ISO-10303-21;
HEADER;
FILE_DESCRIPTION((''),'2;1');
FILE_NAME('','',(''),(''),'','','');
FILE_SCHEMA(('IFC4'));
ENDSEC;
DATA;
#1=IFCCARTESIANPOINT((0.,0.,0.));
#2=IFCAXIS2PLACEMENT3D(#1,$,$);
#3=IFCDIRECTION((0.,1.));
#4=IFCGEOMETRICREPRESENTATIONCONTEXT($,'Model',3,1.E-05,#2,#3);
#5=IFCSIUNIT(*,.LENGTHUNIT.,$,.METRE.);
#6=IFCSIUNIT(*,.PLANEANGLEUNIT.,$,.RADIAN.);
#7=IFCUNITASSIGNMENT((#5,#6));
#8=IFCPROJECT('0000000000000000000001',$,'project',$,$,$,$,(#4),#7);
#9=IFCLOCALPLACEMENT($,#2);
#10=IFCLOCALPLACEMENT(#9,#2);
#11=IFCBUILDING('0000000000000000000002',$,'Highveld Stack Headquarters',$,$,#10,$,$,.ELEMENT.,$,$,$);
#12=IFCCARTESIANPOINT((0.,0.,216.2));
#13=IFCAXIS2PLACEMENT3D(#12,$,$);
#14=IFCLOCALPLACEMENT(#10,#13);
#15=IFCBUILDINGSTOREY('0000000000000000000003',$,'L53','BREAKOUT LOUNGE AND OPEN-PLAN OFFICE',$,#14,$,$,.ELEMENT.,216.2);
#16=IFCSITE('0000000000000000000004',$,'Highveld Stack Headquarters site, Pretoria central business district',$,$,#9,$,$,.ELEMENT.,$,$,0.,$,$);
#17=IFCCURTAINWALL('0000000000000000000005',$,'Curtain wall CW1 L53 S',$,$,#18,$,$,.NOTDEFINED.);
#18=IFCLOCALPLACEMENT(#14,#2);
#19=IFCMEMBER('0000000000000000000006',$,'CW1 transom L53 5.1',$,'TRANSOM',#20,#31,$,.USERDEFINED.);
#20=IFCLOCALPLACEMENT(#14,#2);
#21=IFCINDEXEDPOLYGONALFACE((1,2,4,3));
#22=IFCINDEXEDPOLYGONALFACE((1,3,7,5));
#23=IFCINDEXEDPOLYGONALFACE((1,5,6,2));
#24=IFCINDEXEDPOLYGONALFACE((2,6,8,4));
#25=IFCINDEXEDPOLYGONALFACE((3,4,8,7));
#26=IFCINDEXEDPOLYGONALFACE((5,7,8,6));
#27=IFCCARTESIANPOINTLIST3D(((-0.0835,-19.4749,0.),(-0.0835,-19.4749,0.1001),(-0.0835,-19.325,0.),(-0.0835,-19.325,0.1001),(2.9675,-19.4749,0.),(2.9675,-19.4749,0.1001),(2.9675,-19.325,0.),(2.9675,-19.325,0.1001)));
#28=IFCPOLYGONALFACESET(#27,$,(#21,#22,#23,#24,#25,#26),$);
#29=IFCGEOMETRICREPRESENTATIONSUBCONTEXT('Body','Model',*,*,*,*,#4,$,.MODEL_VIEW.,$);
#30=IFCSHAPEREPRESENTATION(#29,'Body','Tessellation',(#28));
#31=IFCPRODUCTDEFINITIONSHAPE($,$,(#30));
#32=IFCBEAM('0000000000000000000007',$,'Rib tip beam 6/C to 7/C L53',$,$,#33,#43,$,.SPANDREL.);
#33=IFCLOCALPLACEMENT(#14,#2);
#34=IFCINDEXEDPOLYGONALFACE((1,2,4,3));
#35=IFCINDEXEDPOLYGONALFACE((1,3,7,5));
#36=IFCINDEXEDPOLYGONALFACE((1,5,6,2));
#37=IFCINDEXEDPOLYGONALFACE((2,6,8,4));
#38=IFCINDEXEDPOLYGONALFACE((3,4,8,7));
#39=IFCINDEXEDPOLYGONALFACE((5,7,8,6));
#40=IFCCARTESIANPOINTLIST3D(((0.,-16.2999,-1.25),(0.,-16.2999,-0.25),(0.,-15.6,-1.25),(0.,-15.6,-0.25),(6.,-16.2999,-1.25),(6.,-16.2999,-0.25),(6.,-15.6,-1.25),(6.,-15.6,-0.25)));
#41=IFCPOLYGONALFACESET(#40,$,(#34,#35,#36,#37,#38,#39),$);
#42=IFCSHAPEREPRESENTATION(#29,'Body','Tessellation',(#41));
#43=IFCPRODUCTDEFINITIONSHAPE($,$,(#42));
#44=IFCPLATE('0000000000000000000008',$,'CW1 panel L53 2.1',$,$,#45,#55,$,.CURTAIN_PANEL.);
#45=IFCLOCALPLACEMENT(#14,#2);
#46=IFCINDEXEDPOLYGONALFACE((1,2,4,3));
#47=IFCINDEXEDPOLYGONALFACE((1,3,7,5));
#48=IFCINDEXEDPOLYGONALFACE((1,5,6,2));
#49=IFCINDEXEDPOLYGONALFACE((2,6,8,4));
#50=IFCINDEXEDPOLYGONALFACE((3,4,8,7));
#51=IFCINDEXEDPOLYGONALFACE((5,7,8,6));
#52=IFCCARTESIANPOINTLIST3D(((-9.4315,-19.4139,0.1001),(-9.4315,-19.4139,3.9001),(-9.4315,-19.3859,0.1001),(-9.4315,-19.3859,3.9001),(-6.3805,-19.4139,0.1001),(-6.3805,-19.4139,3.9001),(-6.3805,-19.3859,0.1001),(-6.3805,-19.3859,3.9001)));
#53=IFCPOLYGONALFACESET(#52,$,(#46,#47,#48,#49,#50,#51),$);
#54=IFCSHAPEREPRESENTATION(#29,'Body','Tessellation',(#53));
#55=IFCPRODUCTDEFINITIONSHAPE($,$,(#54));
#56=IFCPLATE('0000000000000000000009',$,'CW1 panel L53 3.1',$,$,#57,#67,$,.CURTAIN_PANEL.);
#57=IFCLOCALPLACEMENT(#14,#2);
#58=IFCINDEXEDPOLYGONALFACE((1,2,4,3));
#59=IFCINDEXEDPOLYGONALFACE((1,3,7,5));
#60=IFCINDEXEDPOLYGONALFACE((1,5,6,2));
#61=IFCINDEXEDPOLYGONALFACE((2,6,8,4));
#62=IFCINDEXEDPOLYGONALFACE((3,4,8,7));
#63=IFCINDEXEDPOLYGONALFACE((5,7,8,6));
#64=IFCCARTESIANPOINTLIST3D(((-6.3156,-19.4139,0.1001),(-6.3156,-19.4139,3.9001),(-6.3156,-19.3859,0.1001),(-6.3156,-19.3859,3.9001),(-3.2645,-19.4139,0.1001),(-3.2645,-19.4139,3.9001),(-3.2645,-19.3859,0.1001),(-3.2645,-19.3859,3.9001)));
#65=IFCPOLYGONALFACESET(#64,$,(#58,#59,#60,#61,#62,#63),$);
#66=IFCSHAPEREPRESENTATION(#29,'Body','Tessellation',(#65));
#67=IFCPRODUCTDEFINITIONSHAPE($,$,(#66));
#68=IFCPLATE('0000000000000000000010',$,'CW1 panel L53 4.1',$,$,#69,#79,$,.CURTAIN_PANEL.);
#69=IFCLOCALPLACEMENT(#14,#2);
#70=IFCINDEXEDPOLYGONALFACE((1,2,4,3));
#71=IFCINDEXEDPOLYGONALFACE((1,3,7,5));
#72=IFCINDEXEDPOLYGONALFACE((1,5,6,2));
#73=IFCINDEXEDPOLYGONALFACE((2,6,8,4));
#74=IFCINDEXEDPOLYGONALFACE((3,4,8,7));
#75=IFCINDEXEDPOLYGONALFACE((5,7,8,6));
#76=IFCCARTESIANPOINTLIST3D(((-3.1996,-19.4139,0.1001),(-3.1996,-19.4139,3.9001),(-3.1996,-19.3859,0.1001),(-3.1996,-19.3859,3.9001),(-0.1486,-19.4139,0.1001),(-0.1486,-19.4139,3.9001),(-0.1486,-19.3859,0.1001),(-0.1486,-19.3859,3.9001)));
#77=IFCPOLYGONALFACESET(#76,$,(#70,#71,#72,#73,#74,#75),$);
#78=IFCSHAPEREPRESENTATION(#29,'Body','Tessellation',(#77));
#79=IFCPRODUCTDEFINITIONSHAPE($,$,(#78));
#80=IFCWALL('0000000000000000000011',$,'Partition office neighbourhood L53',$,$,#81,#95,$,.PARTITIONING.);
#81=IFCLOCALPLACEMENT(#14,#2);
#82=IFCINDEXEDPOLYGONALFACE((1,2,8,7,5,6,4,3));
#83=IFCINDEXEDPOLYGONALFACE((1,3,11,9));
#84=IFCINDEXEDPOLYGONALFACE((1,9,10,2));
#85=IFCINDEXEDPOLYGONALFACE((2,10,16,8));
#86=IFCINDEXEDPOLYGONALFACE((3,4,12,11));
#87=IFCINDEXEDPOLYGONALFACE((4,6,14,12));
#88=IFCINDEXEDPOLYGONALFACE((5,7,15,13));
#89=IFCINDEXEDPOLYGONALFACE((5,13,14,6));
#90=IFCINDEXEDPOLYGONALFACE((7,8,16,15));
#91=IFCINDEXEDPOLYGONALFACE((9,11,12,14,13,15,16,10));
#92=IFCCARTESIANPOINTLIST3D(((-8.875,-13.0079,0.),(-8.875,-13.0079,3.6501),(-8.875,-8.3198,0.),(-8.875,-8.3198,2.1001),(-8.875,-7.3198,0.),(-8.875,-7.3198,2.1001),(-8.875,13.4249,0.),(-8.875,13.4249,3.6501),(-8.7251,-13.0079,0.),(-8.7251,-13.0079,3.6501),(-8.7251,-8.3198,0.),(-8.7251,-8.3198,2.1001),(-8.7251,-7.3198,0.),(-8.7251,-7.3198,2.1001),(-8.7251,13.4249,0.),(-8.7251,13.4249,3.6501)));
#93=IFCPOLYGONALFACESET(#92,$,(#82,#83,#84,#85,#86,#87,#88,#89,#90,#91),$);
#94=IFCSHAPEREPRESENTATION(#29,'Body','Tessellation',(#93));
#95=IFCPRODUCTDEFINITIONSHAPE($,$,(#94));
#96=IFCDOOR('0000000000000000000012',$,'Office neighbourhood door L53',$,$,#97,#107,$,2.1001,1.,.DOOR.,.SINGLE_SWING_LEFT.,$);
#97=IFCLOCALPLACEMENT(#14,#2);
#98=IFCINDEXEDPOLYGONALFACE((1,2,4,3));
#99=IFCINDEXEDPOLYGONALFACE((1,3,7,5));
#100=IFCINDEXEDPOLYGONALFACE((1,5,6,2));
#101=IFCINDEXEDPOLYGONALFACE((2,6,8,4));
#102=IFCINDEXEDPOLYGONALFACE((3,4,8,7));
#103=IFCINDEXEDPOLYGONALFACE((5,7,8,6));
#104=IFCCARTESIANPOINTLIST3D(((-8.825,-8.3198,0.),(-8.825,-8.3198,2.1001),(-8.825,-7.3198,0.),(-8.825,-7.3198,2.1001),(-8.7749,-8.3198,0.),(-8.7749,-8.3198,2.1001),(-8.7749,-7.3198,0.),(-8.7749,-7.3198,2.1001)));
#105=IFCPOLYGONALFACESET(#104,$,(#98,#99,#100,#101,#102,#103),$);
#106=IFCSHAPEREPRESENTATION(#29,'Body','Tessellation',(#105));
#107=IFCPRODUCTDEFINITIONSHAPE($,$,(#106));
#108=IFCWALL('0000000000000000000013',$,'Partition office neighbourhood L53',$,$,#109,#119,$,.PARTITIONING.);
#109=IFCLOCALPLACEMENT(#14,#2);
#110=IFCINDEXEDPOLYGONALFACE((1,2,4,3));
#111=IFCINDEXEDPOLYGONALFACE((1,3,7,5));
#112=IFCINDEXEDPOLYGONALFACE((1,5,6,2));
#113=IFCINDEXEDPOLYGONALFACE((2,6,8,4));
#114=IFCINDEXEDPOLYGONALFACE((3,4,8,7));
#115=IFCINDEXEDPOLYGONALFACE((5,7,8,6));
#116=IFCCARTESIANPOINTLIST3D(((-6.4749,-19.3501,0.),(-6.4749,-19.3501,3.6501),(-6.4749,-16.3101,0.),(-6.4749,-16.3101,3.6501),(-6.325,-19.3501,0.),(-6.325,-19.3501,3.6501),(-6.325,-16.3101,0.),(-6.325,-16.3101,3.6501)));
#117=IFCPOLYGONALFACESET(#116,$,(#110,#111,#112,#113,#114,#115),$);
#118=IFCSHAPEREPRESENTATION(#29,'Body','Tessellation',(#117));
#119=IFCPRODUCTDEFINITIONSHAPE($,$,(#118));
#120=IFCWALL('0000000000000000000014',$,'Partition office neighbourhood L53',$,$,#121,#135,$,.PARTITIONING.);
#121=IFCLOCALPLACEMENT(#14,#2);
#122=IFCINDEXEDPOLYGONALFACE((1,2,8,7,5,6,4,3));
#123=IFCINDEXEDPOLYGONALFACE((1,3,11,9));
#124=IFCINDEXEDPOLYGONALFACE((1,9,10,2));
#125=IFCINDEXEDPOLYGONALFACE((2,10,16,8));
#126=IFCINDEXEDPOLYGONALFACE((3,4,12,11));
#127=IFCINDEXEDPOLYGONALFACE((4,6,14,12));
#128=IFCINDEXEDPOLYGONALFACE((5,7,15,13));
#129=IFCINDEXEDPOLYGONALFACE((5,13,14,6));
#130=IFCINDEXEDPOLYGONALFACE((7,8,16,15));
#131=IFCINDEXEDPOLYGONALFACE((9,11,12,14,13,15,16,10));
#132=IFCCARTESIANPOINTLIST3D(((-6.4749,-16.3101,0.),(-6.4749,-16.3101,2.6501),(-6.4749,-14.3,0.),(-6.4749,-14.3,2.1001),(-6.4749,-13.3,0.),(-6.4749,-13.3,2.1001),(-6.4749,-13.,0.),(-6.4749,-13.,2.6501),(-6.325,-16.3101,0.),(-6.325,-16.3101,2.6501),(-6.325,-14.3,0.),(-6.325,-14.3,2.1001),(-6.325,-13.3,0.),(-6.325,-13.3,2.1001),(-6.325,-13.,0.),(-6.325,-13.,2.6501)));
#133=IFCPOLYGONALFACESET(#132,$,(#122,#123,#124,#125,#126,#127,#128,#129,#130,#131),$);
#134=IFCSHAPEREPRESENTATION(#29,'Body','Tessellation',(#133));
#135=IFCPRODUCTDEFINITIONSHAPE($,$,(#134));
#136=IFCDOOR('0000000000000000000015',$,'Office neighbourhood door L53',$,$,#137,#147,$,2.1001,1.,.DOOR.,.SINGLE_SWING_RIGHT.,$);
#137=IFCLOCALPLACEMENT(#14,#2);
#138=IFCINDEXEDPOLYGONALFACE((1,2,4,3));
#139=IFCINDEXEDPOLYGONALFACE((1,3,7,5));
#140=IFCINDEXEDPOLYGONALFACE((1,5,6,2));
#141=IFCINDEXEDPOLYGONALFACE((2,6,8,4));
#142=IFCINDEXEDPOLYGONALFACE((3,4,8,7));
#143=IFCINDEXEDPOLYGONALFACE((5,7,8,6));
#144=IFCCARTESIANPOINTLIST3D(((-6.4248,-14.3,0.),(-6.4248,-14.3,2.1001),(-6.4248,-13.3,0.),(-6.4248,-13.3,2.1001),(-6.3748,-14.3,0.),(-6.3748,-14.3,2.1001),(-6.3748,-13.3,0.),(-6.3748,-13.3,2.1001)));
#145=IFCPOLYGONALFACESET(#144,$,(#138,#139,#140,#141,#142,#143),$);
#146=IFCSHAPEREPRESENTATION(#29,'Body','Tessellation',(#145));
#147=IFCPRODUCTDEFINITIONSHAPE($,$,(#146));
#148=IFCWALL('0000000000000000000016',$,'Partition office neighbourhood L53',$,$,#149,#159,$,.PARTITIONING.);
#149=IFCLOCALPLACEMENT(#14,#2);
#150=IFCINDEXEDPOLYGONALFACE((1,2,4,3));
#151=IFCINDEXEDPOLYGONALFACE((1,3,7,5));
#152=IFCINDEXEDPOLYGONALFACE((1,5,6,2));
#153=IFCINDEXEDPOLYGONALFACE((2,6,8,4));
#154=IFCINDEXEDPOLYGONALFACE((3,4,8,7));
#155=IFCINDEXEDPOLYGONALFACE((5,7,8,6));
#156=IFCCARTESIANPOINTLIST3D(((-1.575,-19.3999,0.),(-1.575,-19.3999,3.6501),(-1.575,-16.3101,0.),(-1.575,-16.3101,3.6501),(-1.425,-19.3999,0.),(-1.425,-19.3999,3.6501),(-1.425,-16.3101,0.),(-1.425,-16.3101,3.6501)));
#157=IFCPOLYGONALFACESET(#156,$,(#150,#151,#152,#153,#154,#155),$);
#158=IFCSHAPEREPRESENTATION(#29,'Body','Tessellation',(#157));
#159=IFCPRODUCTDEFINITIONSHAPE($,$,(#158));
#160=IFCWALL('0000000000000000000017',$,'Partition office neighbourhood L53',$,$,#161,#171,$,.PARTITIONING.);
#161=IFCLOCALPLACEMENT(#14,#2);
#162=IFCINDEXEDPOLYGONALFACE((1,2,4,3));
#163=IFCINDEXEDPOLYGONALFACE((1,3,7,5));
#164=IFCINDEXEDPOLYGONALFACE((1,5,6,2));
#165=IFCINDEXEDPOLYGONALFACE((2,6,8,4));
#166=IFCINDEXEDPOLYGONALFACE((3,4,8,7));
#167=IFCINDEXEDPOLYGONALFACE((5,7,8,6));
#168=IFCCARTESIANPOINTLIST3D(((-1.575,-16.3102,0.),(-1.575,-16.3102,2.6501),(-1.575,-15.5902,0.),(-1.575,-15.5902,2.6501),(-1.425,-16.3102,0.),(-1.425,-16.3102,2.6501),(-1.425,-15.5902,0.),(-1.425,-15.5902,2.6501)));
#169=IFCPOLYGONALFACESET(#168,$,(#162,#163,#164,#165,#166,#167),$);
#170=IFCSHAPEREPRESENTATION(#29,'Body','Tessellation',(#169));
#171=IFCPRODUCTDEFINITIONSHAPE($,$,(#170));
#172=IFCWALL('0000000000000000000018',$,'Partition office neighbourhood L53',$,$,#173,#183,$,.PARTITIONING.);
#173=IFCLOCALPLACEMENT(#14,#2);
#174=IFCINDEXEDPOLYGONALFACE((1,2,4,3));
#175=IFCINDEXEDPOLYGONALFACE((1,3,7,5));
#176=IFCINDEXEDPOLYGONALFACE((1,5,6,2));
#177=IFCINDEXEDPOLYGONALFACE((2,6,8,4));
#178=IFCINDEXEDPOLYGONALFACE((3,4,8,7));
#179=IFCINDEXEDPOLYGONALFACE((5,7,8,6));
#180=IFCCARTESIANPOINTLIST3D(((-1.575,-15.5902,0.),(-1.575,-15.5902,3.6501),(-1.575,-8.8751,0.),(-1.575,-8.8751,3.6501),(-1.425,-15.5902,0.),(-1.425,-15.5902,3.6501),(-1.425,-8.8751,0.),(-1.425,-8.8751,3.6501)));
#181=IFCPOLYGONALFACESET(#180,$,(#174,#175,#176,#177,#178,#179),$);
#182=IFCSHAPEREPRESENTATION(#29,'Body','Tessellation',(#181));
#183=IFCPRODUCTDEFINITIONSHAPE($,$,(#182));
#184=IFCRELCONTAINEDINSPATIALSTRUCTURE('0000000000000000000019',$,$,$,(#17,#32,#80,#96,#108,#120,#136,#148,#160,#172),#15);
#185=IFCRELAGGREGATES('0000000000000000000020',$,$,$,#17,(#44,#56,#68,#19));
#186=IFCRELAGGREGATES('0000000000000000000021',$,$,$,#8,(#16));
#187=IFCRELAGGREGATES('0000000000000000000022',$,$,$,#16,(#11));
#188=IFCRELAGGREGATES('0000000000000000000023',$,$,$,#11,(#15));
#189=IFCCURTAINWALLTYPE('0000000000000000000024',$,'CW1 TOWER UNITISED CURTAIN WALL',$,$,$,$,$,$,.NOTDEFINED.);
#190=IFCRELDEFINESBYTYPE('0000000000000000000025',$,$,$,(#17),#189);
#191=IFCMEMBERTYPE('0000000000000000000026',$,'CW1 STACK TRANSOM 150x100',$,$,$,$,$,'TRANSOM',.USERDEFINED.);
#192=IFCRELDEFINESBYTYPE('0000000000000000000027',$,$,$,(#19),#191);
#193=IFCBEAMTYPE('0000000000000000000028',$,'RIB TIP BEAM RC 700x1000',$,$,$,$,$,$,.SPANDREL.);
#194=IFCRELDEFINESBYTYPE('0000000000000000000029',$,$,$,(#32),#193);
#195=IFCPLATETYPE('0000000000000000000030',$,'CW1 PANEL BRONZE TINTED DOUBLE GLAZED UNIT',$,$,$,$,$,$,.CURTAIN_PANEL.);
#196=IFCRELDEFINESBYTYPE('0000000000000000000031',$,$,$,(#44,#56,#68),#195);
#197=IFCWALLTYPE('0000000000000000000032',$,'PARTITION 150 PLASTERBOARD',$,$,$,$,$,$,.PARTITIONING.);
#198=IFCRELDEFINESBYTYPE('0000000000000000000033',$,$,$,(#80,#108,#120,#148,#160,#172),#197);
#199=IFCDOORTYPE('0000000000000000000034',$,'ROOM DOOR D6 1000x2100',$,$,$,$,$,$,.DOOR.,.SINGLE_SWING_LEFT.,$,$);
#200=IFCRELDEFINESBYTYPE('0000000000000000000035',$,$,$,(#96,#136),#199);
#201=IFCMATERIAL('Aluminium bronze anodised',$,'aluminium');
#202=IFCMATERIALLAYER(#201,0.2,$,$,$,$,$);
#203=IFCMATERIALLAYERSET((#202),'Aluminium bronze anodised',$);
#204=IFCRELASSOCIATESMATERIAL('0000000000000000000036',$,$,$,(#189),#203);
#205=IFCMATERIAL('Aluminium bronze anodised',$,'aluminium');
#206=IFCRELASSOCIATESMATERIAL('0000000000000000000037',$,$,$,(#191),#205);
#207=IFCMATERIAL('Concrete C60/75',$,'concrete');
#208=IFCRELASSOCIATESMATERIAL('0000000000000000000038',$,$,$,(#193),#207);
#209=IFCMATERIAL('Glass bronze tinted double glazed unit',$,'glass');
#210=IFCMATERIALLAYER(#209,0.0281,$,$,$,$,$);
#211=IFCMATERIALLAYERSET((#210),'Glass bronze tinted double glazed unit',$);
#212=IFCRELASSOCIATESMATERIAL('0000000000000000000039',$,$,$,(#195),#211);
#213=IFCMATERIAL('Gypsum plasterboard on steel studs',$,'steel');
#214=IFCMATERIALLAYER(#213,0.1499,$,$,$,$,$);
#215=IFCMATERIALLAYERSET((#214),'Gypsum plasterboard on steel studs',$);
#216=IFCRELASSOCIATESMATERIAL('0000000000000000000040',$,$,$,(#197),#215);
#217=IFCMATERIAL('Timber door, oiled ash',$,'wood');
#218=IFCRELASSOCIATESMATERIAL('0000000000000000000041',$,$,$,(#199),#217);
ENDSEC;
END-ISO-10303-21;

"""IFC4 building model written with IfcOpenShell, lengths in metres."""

from ifc_helpers import new_model, si_unit, direction, frame, frame_2d, origin, origin_2d, place, context, subcontext, project, spatial, rectangle, extrude, material, layer, layer_set, material_profile, profile_set, type_object, element, fill, aggregate, save


model = new_model("IFC4")

# Units and contexts
model_context = context("Model", 3, precision=1e-05, world=origin(), true_north=direction((0.0, 1.0)))
body_context = subcontext(model_context, "Body", "Model", "MODEL_VIEW")
ifc_project = project(units=[si_unit("LENGTHUNIT", "METRE"), si_unit("PLANEANGLEUNIT", "RADIAN")], contexts=[model_context])

# Site, building, storey
site_placement = place(None, origin())
site = spatial("IfcSite", under=ifc_project, at=site_placement, Name="Highveld Stack Headquarters site, Pretoria central business district", CompositionType="ELEMENT", RefElevation=0.0)
building_placement = place(site_placement, origin())
building = spatial("IfcBuilding", under=site, at=building_placement, Name="Highveld Stack Headquarters", CompositionType="ELEMENT")
storey_placement = place(building_placement, frame((0.0, 0.0, 216.2)))
storey = spatial("IfcBuildingStorey", under=building, at=storey_placement, Name="L53", Description="BREAKOUT LOUNGE AND OPEN-PLAN OFFICE", CompositionType="ELEMENT", Elevation=216.2)

# Curtain wall, member
ifc_material_1 = material(Name="Aluminium bronze anodised", Category="aluminium")
ifc_layer_1 = layer(ifc_material_1, 0.2)
ifc_layer_set_1 = layer_set([ifc_layer_1], Name="Aluminium bronze anodised")
curtain_wall_type = type_object("IfcCurtainWallType", Name="CW1 TOWER UNITISED CURTAIN WALL", PredefinedType="NOTDEFINED", material=ifc_layer_set_1)
curtain_wall_placement = place(storey_placement, origin())
curtain_wall = element("IfcCurtainWall", 1, at=curtain_wall_placement, inside=storey, type_object=curtain_wall_type, Name="Curtain wall CW1 L53 S", PredefinedType="NOTDEFINED")
ifc_material_2 = material(Name="Aluminium bronze anodised", Category="aluminium")
ifc_material_profile_1 = material_profile(ifc_material_2, rectangle(XDim=0.1499, YDim=0.1001, at=origin_2d()), Name="CW1 TRANSOM 150x100")
ifc_profile_set_1 = profile_set([ifc_material_profile_1], Name="Aluminium bronze anodised")
member_type_1 = type_object("IfcMemberType", Name="CW1 STACK TRANSOM 150x100", ElementType="TRANSOM", PredefinedType="USERDEFINED", material=ifc_profile_set_1)
member_1_placement = place(storey_placement, frame((-0.0835, -19.3999, 0.05), z_axis=(1.0, 0.0, 0.0), x_axis=(0.0, 1.0, 0.0)))
member_1 = element("IfcMember", 2, at=member_1_placement, type_object=member_type_1, Name="CW1 transom L53 5.1", ObjectType="TRANSOM", PredefinedType="USERDEFINED", context=body_context, shape_type="SweptSolid", body=[
    extrude(rectangle(XDim=0.1499, YDim=0.1001, at=origin_2d()), origin(), (0.0, 0.0, 1.0), 3.051),
])

# Beam
ifc_material_3 = material(Name="Concrete C60/75", Category="concrete")
ifc_material_profile_2 = material_profile(ifc_material_3, rectangle(XDim=0.7, YDim=1.0, at=origin_2d()), Name="RC 700x1000")
ifc_profile_set_2 = profile_set([ifc_material_profile_2], Name="Concrete C60/75")
beam_type_1 = type_object("IfcBeamType", Name="RIB TIP BEAM RC 700x1000", PredefinedType="SPANDREL", material=ifc_profile_set_2)
beam_1_placement = place(storey_placement, frame((0.0, -15.95, -0.75), z_axis=(1.0, 0.0, 0.0), x_axis=(0.0, 1.0, 0.0)))
element("IfcBeam", 3, at=beam_1_placement, inside=storey, type_object=beam_type_1, Name="Rib tip beam 6/C to 7/C L53", PredefinedType="SPANDREL", context=body_context, shape_type="SweptSolid", body=[
    extrude(rectangle(XDim=0.7, YDim=1.0, at=origin_2d()), origin(), (0.0, 0.0, 1.0), 6.0),
])

# Plates
ifc_material_4 = material(Name="Glass bronze tinted double glazed unit", Category="glass")
ifc_layer_2 = layer(ifc_material_4, 0.0281)
ifc_layer_set_2 = layer_set([ifc_layer_2], Name="Glass bronze tinted double glazed unit")
plate_type = type_object("IfcPlateType", Name="CW1 PANEL BRONZE TINTED DOUBLE GLAZED UNIT", PredefinedType="CURTAIN_PANEL", material=ifc_layer_set_2)
plate_1_placement = place(storey_placement, frame((-7.906, -19.3999, 0.1001), z_axis=(0.0, 0.0, 1.0), x_axis=(1.0, 0.0, 0.0)))
plate_1 = element("IfcPlate", 4, at=plate_1_placement, type_object=plate_type, Name="CW1 panel L53 2.1", PredefinedType="CURTAIN_PANEL", context=body_context, shape_type="SweptSolid", body=[
    extrude(rectangle(XDim=3.051, YDim=0.0281, at=origin_2d()), origin(), (0.0, 0.0, 1.0), 3.8),
])
plate_2_placement = place(storey_placement, frame((-4.79, -19.3999, 0.1001), z_axis=(0.0, 0.0, 1.0), x_axis=(1.0, 0.0, 0.0)))
plate_2 = element("IfcPlate", 5, at=plate_2_placement, type_object=plate_type, Name="CW1 panel L53 3.1", PredefinedType="CURTAIN_PANEL", context=body_context, shape_type="SweptSolid", body=[
    extrude(rectangle(XDim=3.051, YDim=0.0281, at=origin_2d()), origin(), (0.0, 0.0, 1.0), 3.8),
])
plate_3_placement = place(storey_placement, frame((-1.6741, -19.3999, 0.1001), z_axis=(0.0, 0.0, 1.0), x_axis=(1.0, 0.0, 0.0)))
plate_3 = element("IfcPlate", 6, at=plate_3_placement, type_object=plate_type, Name="CW1 panel L53 4.1", PredefinedType="CURTAIN_PANEL", context=body_context, shape_type="SweptSolid", body=[
    extrude(rectangle(XDim=3.051, YDim=0.0281, at=origin_2d()), origin(), (0.0, 0.0, 1.0), 3.8),
])
aggregate(curtain_wall, [plate_1, plate_2, plate_3, member_1])

# Wall, opening, door
ifc_material_5 = material(Name="Gypsum plasterboard on steel studs", Category="steel")
ifc_layer_3 = layer(ifc_material_5, 0.1499)
ifc_layer_set_3 = layer_set([ifc_layer_3], Name="Gypsum plasterboard on steel studs")
wall_type = type_object("IfcWallType", Name="PARTITION 150 PLASTERBOARD", PredefinedType="PARTITIONING", material=ifc_layer_set_3)
wall_1_placement = place(storey_placement, frame((-8.8, -13.0078, 0.0), z_axis=(0.0, 0.0, 1.0), x_axis=(0.0, 1.0, 0.0)))
wall_1 = element("IfcWall", 7, at=wall_1_placement, inside=storey, type_object=wall_type, Name="Partition office neighbourhood L53", PredefinedType="PARTITIONING", context=body_context, shape_type="SweptSolid", body=[
    extrude(rectangle(XDim=26.4329, YDim=0.1499, at=frame_2d((13.2163, 0.0))), origin(), (0.0, 0.0, 1.0), 3.6501),
])
opening_1_placement = place(wall_1_placement, frame((4.688, 0.0, 0.0)))
opening_1 = element("IfcOpeningElement", 8, at=opening_1_placement, cuts=wall_1, PredefinedType="OPENING", context=body_context, shape_type="SweptSolid", body=[
    extrude(rectangle(XDim=1.0, YDim=2.1001, at=frame_2d((0.5, 1.05))), frame((0.0, 0.085, 0.0), z_axis=(0.0, -1.0, 0.0), x_axis=(1.0, 0.0, 0.0)), (0.0, 0.0, 1.0), 0.1699),
])
ifc_material_6 = material(Name="Timber door, oiled ash", Category="wood")
door_type = type_object("IfcDoorType", Name="ROOM DOOR D6 1000x2100", OperationType="SINGLE_SWING_LEFT", PredefinedType="DOOR", material=ifc_material_6)
door_1_placement = place(opening_1_placement, origin())
door_1 = element("IfcDoor", 9, at=door_1_placement, inside=storey, type_object=door_type, Name="Office neighbourhood door L53", OperationType="SINGLE_SWING_LEFT", OverallHeight=2.1001, OverallWidth=1.0, PredefinedType="DOOR", context=body_context, shape_type="SweptSolid", body=[
    extrude(rectangle(XDim=1.0, YDim=2.1001, at=frame_2d((0.5, 1.05))), frame((0.0, 0.0249, 0.0), z_axis=(0.0, -1.0, 0.0), x_axis=(1.0, 0.0, 0.0)), (0.0, 0.0, 1.0), 0.05),
])
fill(opening_1, door_1)

# Wall
wall_2_placement = place(storey_placement, frame((-6.3999, -19.3501, 0.0), z_axis=(0.0, 0.0, 1.0), x_axis=(0.0, 1.0, 0.0)))
element("IfcWall", 10, at=wall_2_placement, inside=storey, type_object=wall_type, Name="Partition office neighbourhood L53", PredefinedType="PARTITIONING", context=body_context, shape_type="SweptSolid", body=[
    extrude(rectangle(XDim=3.04, YDim=0.1499, at=frame_2d((1.52, 0.0))), origin(), (0.0, 0.0, 1.0), 3.6501),
])

# Wall, opening, door
wall_3_placement = place(storey_placement, frame((-6.3999, -16.3101, 0.0), z_axis=(0.0, 0.0, 1.0), x_axis=(0.0, 1.0, 0.0)))
wall_3 = element("IfcWall", 11, at=wall_3_placement, inside=storey, type_object=wall_type, Name="Partition office neighbourhood L53", PredefinedType="PARTITIONING", context=body_context, shape_type="SweptSolid", body=[
    extrude(rectangle(XDim=3.3101, YDim=0.1499, at=frame_2d((1.655, 0.0))), origin(), (0.0, 0.0, 1.0), 2.6501),
])
opening_2_placement = place(wall_3_placement, frame((2.01, 0.0, 0.0)))
opening_2 = element("IfcOpeningElement", 12, at=opening_2_placement, cuts=wall_3, PredefinedType="OPENING", context=body_context, shape_type="SweptSolid", body=[
    extrude(rectangle(XDim=1.0, YDim=2.1001, at=frame_2d((0.5, 1.05))), frame((0.0, 0.085, 0.0), z_axis=(0.0, -1.0, 0.0), x_axis=(1.0, 0.0, 0.0)), (0.0, 0.0, 1.0), 0.1699),
])
door_2_placement = place(opening_2_placement, origin())
door_2 = element("IfcDoor", 13, at=door_2_placement, inside=storey, type_object=door_type, Name="Office neighbourhood door L53", OperationType="SINGLE_SWING_RIGHT", OverallHeight=2.1001, OverallWidth=1.0, PredefinedType="DOOR", context=body_context, shape_type="SweptSolid", body=[
    extrude(rectangle(XDim=1.0, YDim=2.1001, at=frame_2d((0.5, 1.05))), frame((0.0, 0.0249, 0.0), z_axis=(0.0, -1.0, 0.0), x_axis=(1.0, 0.0, 0.0)), (0.0, 0.0, 1.0), 0.05),
])
fill(opening_2, door_2)

# Walls
wall_4_placement = place(storey_placement, frame((-1.5, -19.3999, 0.0), z_axis=(0.0, 0.0, 1.0), x_axis=(0.0, 1.0, 0.0)))
element("IfcWall", 14, at=wall_4_placement, inside=storey, type_object=wall_type, Name="Partition office neighbourhood L53", PredefinedType="PARTITIONING", context=body_context, shape_type="SweptSolid", body=[
    extrude(rectangle(XDim=3.0898, YDim=0.1499, at=frame_2d((1.5449, 0.0))), origin(), (0.0, 0.0, 1.0), 3.6501),
])
wall_5_placement = place(storey_placement, frame((-1.5, -16.3101, 0.0), z_axis=(0.0, 0.0, 1.0), x_axis=(0.0, 1.0, 0.0)))
element("IfcWall", 15, at=wall_5_placement, inside=storey, type_object=wall_type, Name="Partition office neighbourhood L53", PredefinedType="PARTITIONING", context=body_context, shape_type="SweptSolid", body=[
    extrude(rectangle(XDim=0.72, YDim=0.1499, at=frame_2d((0.3599, 0.0))), origin(), (0.0, 0.0, 1.0), 2.6501),
])
wall_6_placement = place(storey_placement, frame((-1.5, -15.5901, 0.0), z_axis=(0.0, 0.0, 1.0), x_axis=(0.0, 1.0, 0.0)))
element("IfcWall", 16, at=wall_6_placement, inside=storey, type_object=wall_type, Name="Partition office neighbourhood L53", PredefinedType="PARTITIONING", context=body_context, shape_type="SweptSolid", body=[
    extrude(rectangle(XDim=6.7151, YDim=0.1499, at=frame_2d((3.3574, 0.0))), origin(), (0.0, 0.0, 1.0), 3.6501),
])

save(model, "model.ifc")
